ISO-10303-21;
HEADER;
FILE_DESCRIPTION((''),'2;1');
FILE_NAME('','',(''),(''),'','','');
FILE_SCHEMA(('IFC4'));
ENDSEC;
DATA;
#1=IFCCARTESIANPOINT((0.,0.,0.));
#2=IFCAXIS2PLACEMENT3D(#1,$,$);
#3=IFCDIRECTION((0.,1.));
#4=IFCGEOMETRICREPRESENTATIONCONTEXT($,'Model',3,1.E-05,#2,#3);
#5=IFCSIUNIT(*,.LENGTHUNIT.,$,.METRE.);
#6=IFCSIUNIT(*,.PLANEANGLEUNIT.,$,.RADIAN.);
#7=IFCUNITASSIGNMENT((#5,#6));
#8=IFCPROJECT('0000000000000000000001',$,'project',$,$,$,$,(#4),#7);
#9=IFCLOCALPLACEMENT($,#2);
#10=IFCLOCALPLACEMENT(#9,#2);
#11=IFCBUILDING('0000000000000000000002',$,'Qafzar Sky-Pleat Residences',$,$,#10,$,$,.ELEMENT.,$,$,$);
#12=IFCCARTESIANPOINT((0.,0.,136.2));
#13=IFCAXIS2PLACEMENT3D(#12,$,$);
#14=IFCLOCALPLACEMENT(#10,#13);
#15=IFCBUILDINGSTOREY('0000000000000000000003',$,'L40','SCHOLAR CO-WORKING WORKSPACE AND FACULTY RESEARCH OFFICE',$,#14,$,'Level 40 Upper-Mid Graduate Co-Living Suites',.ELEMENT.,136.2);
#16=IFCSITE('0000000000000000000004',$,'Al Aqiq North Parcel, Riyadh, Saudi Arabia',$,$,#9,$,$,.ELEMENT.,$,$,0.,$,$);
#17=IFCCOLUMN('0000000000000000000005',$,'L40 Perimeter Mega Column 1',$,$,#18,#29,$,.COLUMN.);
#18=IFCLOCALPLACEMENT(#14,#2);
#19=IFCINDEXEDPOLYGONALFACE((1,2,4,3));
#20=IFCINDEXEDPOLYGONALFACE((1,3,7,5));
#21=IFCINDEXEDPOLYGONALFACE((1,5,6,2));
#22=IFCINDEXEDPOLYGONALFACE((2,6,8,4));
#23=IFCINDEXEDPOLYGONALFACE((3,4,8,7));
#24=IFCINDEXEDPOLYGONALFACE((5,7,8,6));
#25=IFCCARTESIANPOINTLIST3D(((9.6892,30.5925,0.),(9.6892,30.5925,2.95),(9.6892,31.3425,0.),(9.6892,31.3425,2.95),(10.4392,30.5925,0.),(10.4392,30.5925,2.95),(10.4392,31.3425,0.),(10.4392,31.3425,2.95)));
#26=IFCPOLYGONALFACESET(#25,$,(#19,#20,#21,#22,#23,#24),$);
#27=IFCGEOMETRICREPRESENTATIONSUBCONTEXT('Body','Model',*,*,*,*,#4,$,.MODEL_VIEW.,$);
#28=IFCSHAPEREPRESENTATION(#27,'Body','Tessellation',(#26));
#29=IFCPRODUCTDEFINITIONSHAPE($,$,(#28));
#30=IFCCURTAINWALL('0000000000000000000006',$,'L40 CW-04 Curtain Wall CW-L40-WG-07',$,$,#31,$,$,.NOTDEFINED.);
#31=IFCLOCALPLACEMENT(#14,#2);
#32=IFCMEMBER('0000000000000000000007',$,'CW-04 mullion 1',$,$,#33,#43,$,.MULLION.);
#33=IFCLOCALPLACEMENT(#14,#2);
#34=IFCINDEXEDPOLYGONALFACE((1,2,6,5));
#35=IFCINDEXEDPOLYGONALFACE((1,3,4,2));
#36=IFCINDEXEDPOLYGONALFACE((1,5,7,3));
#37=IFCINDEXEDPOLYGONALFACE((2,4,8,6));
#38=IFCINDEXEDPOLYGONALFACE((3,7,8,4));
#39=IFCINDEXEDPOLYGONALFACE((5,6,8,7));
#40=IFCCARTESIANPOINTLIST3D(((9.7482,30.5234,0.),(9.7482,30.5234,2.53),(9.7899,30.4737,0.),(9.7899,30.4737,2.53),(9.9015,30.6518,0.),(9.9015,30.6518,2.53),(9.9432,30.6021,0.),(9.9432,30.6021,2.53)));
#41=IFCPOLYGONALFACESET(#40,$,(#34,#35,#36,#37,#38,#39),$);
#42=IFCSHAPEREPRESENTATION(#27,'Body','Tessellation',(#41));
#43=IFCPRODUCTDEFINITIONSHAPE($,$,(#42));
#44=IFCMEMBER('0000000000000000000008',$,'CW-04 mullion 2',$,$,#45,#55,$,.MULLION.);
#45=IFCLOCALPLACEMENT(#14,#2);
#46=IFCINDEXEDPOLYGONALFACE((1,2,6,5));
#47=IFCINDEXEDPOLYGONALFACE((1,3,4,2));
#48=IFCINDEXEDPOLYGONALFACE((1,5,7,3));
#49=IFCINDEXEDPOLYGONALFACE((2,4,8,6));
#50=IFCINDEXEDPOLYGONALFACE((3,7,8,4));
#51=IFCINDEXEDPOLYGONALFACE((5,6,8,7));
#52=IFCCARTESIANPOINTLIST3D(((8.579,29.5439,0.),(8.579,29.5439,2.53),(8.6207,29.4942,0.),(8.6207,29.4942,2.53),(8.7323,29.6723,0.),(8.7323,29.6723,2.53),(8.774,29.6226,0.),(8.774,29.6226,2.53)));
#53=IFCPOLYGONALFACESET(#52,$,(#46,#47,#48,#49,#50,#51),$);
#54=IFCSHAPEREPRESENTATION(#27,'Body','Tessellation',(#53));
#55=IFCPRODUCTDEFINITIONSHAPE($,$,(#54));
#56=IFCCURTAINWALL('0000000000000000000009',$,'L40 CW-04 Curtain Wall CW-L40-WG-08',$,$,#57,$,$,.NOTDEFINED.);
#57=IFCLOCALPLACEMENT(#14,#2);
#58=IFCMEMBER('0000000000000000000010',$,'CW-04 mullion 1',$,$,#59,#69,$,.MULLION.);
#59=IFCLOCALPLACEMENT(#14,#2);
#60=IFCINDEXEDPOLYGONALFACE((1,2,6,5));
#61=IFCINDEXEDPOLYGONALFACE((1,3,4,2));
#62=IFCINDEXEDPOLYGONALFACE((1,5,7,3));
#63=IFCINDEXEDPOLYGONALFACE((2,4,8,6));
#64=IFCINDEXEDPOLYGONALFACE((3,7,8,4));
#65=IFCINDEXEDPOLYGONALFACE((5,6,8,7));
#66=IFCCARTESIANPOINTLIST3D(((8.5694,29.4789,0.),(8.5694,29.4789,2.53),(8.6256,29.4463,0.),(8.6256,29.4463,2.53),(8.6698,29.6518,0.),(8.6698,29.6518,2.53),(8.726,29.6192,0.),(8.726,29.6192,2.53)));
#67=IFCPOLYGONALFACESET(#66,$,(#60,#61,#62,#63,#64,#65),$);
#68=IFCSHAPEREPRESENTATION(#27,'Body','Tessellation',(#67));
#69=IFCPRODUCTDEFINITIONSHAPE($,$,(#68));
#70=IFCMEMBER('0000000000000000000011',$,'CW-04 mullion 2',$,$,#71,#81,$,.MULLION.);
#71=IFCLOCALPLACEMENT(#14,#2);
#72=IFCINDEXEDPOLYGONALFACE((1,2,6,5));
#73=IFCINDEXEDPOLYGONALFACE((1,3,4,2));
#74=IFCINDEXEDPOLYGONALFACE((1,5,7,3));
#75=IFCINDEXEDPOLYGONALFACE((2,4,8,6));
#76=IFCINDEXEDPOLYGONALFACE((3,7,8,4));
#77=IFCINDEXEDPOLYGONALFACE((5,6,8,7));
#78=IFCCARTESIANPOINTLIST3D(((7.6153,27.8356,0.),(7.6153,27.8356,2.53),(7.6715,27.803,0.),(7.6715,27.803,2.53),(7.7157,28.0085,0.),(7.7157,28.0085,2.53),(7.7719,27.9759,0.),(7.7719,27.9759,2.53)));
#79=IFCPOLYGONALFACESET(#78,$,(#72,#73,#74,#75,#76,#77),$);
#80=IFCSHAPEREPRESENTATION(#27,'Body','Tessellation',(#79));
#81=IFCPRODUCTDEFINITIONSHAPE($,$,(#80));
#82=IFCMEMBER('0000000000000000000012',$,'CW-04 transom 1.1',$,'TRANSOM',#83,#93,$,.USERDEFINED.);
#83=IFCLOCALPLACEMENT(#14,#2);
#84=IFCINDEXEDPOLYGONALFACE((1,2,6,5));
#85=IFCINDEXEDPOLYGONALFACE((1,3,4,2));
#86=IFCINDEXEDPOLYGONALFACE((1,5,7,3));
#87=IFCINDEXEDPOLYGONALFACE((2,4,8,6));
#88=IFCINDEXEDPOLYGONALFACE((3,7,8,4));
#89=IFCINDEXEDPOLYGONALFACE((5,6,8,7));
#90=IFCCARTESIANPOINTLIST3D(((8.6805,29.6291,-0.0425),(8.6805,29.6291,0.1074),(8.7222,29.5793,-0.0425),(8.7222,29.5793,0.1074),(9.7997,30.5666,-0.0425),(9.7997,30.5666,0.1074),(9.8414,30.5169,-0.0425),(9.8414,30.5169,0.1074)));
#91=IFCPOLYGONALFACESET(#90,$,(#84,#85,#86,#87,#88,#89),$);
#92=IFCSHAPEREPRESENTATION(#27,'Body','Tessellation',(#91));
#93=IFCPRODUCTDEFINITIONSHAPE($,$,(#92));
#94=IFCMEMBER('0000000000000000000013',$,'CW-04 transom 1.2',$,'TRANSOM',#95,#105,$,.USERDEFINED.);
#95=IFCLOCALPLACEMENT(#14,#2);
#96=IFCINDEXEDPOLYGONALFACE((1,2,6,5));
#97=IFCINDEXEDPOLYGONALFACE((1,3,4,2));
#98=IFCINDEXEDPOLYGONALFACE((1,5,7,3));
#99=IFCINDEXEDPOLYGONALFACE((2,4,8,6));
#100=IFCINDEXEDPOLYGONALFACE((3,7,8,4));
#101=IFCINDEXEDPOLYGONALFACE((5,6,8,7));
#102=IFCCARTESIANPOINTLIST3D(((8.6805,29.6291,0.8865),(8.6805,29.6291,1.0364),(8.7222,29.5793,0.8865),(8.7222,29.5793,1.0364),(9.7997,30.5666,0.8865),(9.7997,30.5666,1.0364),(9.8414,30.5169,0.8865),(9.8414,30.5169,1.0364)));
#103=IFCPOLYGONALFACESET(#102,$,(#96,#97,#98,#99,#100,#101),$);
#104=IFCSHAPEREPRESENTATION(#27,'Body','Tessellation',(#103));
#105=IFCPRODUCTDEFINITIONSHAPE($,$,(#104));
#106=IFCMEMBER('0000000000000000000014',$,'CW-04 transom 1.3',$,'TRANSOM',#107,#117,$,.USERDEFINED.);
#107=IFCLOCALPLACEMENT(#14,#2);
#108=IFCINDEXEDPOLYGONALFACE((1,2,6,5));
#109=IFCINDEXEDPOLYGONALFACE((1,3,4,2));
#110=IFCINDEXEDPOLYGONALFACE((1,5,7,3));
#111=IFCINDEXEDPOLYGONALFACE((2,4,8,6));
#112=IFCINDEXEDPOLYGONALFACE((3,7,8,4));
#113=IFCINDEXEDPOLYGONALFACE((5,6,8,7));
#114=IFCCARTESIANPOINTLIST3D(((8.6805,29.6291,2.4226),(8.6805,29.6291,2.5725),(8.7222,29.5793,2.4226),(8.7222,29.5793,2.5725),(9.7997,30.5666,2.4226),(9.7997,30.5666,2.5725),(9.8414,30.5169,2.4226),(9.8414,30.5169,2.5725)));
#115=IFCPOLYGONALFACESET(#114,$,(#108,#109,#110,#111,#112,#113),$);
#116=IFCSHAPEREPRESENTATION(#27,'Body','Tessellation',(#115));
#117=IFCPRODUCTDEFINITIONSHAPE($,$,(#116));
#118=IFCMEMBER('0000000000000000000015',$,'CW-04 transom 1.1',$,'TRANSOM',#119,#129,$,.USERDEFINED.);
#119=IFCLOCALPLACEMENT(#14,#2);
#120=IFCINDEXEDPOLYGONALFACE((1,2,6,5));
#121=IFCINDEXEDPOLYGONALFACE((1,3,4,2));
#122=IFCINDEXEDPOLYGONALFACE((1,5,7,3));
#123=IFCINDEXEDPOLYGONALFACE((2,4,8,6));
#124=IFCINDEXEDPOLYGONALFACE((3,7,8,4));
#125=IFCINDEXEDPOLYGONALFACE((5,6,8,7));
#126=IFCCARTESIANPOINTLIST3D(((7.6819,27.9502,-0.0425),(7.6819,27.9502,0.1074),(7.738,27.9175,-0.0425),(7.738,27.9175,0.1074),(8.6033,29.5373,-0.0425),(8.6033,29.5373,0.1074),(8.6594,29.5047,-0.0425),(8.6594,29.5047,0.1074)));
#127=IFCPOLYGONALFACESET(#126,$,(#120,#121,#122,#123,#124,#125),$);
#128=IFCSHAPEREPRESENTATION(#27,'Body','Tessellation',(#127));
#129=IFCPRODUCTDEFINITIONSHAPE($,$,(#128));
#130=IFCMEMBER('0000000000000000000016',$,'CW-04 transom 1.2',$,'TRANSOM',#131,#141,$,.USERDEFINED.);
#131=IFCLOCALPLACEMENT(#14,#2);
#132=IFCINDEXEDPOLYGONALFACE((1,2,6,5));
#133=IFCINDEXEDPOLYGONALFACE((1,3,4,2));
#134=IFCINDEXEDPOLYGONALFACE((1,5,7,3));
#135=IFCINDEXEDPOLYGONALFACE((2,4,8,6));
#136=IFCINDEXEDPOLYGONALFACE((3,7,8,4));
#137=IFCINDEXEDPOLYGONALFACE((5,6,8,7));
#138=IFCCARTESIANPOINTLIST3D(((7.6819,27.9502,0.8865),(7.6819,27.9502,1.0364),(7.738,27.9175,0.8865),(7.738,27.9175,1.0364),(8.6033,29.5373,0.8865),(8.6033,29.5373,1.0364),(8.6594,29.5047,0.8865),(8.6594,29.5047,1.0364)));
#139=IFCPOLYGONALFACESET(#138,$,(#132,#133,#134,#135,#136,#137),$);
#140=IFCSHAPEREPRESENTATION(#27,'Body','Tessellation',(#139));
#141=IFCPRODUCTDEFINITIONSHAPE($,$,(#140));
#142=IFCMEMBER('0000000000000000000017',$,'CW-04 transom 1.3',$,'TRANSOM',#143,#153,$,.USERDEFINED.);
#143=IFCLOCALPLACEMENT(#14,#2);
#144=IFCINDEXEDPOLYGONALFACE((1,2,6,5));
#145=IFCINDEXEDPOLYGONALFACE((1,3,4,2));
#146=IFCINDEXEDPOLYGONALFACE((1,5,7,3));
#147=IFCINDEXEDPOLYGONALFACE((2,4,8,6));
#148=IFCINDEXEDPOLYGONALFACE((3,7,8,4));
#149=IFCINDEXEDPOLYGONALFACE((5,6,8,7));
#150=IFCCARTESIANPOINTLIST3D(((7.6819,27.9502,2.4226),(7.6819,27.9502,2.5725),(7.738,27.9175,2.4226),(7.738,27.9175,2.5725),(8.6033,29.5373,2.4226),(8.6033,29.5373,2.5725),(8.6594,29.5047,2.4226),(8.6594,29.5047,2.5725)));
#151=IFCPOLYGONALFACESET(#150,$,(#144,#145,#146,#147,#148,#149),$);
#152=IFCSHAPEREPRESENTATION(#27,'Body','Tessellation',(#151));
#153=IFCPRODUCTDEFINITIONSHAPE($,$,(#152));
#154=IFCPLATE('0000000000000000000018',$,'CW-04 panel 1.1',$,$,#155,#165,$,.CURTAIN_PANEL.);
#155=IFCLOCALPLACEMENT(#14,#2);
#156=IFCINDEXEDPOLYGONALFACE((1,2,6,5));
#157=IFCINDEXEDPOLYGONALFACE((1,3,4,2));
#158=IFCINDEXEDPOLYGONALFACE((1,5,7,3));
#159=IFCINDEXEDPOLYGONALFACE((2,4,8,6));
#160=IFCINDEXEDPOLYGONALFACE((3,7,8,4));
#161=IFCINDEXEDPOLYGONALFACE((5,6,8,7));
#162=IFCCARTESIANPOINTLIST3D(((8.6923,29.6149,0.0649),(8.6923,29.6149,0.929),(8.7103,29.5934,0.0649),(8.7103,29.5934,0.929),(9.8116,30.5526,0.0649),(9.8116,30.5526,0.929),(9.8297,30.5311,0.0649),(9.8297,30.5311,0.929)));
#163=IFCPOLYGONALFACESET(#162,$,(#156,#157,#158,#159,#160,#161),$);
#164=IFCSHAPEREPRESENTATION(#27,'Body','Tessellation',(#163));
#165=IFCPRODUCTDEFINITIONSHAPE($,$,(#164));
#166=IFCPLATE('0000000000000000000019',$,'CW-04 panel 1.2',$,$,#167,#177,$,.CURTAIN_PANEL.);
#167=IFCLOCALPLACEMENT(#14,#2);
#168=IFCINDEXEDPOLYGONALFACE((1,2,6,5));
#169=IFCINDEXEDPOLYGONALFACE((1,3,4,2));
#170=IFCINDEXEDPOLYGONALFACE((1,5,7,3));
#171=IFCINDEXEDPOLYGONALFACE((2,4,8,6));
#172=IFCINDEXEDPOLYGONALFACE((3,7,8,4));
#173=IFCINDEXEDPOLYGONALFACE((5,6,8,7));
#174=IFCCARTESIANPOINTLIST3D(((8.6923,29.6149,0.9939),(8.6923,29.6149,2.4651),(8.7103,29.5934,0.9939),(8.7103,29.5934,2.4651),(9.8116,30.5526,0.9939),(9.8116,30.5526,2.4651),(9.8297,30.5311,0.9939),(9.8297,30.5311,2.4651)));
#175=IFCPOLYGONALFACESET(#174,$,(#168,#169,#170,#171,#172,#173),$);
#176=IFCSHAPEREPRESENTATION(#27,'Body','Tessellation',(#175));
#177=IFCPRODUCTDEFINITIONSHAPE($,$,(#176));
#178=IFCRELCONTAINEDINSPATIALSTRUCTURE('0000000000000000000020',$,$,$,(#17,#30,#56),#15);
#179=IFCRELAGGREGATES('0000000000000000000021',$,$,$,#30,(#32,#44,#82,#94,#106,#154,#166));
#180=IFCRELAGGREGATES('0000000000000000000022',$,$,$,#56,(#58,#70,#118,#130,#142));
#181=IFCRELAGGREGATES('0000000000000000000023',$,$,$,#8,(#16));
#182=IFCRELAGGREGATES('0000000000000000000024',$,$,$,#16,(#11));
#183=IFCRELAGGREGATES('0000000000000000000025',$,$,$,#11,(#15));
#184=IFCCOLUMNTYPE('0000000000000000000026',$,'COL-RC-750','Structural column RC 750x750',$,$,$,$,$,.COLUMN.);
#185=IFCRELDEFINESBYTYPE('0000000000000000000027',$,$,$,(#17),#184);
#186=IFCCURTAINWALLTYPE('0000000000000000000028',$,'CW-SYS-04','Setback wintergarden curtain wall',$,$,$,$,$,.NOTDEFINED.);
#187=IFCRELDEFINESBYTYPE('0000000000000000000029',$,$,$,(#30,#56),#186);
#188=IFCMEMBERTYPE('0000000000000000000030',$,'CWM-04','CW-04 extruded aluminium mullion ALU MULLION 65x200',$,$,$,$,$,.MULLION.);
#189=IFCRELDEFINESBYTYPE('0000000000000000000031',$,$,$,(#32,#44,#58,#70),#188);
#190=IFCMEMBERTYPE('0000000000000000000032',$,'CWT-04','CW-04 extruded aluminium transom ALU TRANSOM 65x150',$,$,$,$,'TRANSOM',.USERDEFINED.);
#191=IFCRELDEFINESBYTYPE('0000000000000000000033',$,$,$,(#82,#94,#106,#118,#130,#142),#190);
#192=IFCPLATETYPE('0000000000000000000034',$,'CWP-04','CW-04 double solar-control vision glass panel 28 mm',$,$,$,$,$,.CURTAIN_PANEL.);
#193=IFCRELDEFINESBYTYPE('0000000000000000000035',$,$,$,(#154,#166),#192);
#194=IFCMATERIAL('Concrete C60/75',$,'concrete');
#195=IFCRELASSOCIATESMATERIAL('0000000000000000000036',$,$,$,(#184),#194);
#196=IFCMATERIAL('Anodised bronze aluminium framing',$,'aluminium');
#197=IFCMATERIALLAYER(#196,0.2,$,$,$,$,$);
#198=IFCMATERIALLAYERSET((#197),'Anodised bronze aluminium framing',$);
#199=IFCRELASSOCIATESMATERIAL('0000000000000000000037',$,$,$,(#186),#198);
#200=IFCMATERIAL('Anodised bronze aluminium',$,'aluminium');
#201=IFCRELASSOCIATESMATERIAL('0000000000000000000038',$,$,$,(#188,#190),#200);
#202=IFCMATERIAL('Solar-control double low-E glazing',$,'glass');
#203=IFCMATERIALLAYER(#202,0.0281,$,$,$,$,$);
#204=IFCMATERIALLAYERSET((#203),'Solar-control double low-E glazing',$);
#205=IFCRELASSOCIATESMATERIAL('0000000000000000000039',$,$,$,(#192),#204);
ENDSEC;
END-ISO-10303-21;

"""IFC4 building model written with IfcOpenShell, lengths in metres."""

from ifc_helpers import new_model, si_unit, direction, frame, origin, origin_2d, place, context, subcontext, project, spatial, rectangle, extrude, source, transform, mapped, material, layer, layer_set, material_profile, profile_set, type_object, element, aggregate, save


model = new_model("IFC4")

# Units and contexts
model_context = context("Model", 3, precision=1e-05, world=origin(), true_north=direction((0.0, 1.0)))
body_context = subcontext(model_context, "Body", "Model", "MODEL_VIEW")
ifc_project = project(units=[si_unit("LENGTHUNIT", "METRE"), si_unit("PLANEANGLEUNIT", "RADIAN")], contexts=[model_context])

# Site, building, storey
site_placement = place(None, origin())
site = spatial("IfcSite", under=ifc_project, at=site_placement, Name="Al Aqiq North Parcel, Riyadh, Saudi Arabia", CompositionType="ELEMENT", RefElevation=0.0)
building_placement = place(site_placement, origin())
building = spatial("IfcBuilding", under=site, at=building_placement, Name="Qafzar Sky-Pleat Residences", CompositionType="ELEMENT")
storey_placement = place(building_placement, frame((0.0, 0.0, 136.2)))
storey = spatial("IfcBuildingStorey", under=building, at=storey_placement, Name="L40", Description="SCHOLAR CO-WORKING WORKSPACE AND FACULTY RESEARCH OFFICE", LongName="Level 40 Upper-Mid Graduate Co-Living Suites", CompositionType="ELEMENT", Elevation=136.2)

# Column
ifc_material_1 = material(Name="Concrete C60/75", Category="concrete")
ifc_material_profile_1 = material_profile(ifc_material_1, rectangle(XDim=0.75, YDim=0.75, at=origin_2d()), Name="RC 750x750")
ifc_profile_set_1 = profile_set([ifc_material_profile_1], Name="Concrete C60/75")
column_type = type_object("IfcColumnType", Name="COL-RC-750", Description="Structural column RC 750x750", PredefinedType="COLUMN", material=ifc_profile_set_1)
shared_shape_1 = source(origin(), body_context, "Body", "SweptSolid", [
    extrude(rectangle(XDim=0.75, YDim=0.75, at=origin_2d()), origin(), (0.0, 0.0, 1.0), 2.95),
])
column_placement = place(storey_placement, frame((10.0642, 30.9675, 0.0), z_axis=(0.0, 0.0, 1.0), x_axis=(1.0, 0.0, 0.0)))
element("IfcColumn", 1, at=column_placement, inside=storey, type_object=column_type, Name="L40 Perimeter Mega Column 1", PredefinedType="COLUMN", context=body_context, shape_type="MappedRepresentation", body=[
    mapped(shared_shape_1, transform((0.0, 0.0, 0.0), x_axis=(1.0, 0.0, 0.0), y_axis=(0.0, 1.0, 0.0), z_axis=(0.0, 0.0, 1.0), scale=1.0)),
])

# Curtain walls, members
ifc_material_2 = material(Name="Anodised bronze aluminium framing", Category="aluminium")
ifc_layer_1 = layer(ifc_material_2, 0.2)
ifc_layer_set_1 = layer_set([ifc_layer_1], Name="Anodised bronze aluminium framing")
curtain_wall_type = type_object("IfcCurtainWallType", Name="CW-SYS-04", Description="Setback wintergarden curtain wall", PredefinedType="NOTDEFINED", material=ifc_layer_set_1)
curtain_wall_1_placement = place(storey_placement, origin())
curtain_wall_1 = element("IfcCurtainWall", 2, at=curtain_wall_1_placement, inside=storey, type_object=curtain_wall_type, Name="L40 CW-04 Curtain Wall CW-L40-WG-07", PredefinedType="NOTDEFINED")
ifc_material_3 = material(Name="Anodised bronze aluminium", Category="aluminium")
ifc_material_profile_2 = material_profile(ifc_material_3, rectangle(XDim=0.0649, YDim=0.2, at=origin_2d()), Name="ALU MULLION 65x200")
ifc_profile_set_2 = profile_set([ifc_material_profile_2], Name="Anodised bronze aluminium")
member_type_1 = type_object("IfcMemberType", Name="CWM-04", Description="CW-04 extruded aluminium mullion ALU MULLION 65x200", PredefinedType="MULLION", material=ifc_profile_set_2)
shared_shape_2 = source(origin(), body_context, "Body", "SweptSolid", [
    extrude(rectangle(XDim=0.0649, YDim=0.2, at=origin_2d()), origin(), (0.0, 0.0, 1.0), 2.53),
])
member_1_placement = place(storey_placement, frame((9.8457, 30.5627, 0.0), z_axis=(0.0, 0.0, 1.0), x_axis=(0.642174, -0.766559, 0.0)))
member_1 = element("IfcMember", 3, at=member_1_placement, type_object=member_type_1, Name="CW-04 mullion 1", PredefinedType="MULLION", context=body_context, shape_type="MappedRepresentation", body=[
    mapped(shared_shape_2, transform((0.0, 0.0, 0.0), x_axis=(1.0, 0.0, 0.0), y_axis=(0.0, 1.0, 0.0), z_axis=(0.0, 0.0, 1.0), scale=1.0)),
])
member_2_placement = place(storey_placement, frame((8.6765, 29.5833, 0.0), z_axis=(0.0, 0.0, 1.0), x_axis=(0.642174, -0.766559, 0.0)))
member_2 = element("IfcMember", 4, at=member_2_placement, type_object=member_type_1, Name="CW-04 mullion 2", PredefinedType="MULLION", context=body_context, shape_type="MappedRepresentation", body=[
    mapped(shared_shape_2, transform((0.0, 0.0, 0.0), x_axis=(1.0, 0.0, 0.0), y_axis=(0.0, 1.0, 0.0), z_axis=(0.0, 0.0, 1.0), scale=1.0)),
])
curtain_wall_2_placement = place(storey_placement, origin())
curtain_wall_2 = element("IfcCurtainWall", 5, at=curtain_wall_2_placement, inside=storey, type_object=curtain_wall_type, Name="L40 CW-04 Curtain Wall CW-L40-WG-08", PredefinedType="NOTDEFINED")
member_3_placement = place(storey_placement, frame((8.6477, 29.5491, 0.0), z_axis=(0.0, 0.0, 1.0), x_axis=(0.864847, -0.502035, 0.0)))
member_3 = element("IfcMember", 6, at=member_3_placement, type_object=member_type_1, Name="CW-04 mullion 1", PredefinedType="MULLION", context=body_context, shape_type="MappedRepresentation", body=[
    mapped(shared_shape_2, transform((0.0, 0.0, 0.0), x_axis=(1.0, 0.0, 0.0), y_axis=(0.0, 1.0, 0.0), z_axis=(0.0, 0.0, 1.0), scale=1.0)),
])
member_4_placement = place(storey_placement, frame((7.6936, 27.9058, 0.0), z_axis=(0.0, 0.0, 1.0), x_axis=(0.864847, -0.502035, 0.0)))
member_4 = element("IfcMember", 7, at=member_4_placement, type_object=member_type_1, Name="CW-04 mullion 2", PredefinedType="MULLION", context=body_context, shape_type="MappedRepresentation", body=[
    mapped(shared_shape_2, transform((0.0, 0.0, 0.0), x_axis=(1.0, 0.0, 0.0), y_axis=(0.0, 1.0, 0.0), z_axis=(0.0, 0.0, 1.0), scale=1.0)),
])

# Members
ifc_material_profile_3 = material_profile(ifc_material_3, rectangle(XDim=0.0649, YDim=0.1499, at=origin_2d()), Name="ALU TRANSOM 65x150")
ifc_profile_set_3 = profile_set([ifc_material_profile_3], Name="Anodised bronze aluminium")
member_type_2 = type_object("IfcMemberType", Name="CWT-04", Description="CW-04 extruded aluminium transom ALU TRANSOM 65x150", ElementType="TRANSOM", PredefinedType="USERDEFINED", material=ifc_profile_set_3)
shared_shape_3 = source(origin(), body_context, "Body", "SweptSolid", [
    extrude(rectangle(XDim=0.0649, YDim=0.1499, at=origin_2d()), origin(), (0.0, 0.0, 1.0), 1.46),
])
member_5_placement = place(storey_placement, frame((9.8206, 30.5417, 0.0325), z_axis=(-0.766574, -0.642156, 0.0), x_axis=(0.642156, -0.766574, 0.0)))
member_5 = element("IfcMember", 8, at=member_5_placement, type_object=member_type_2, Name="CW-04 transom 1.1", ObjectType="TRANSOM", PredefinedType="USERDEFINED", context=body_context, shape_type="MappedRepresentation", body=[
    mapped(shared_shape_3, transform((0.0, 0.0, 0.0), x_axis=(1.0, 0.0, 0.0), y_axis=(0.0, 1.0, 0.0), z_axis=(0.0, 0.0, 1.0), scale=1.0)),
])
member_6_placement = place(storey_placement, frame((9.8206, 30.5417, 0.9614), z_axis=(-0.766574, -0.642156, 0.0), x_axis=(0.642156, -0.766574, 0.0)))
member_6 = element("IfcMember", 9, at=member_6_placement, type_object=member_type_2, Name="CW-04 transom 1.2", ObjectType="TRANSOM", PredefinedType="USERDEFINED", context=body_context, shape_type="MappedRepresentation", body=[
    mapped(shared_shape_3, transform((0.0, 0.0, 0.0), x_axis=(1.0, 0.0, 0.0), y_axis=(0.0, 1.0, 0.0), z_axis=(0.0, 0.0, 1.0), scale=1.0)),
])
member_7_placement = place(storey_placement, frame((9.8206, 30.5417, 2.4976), z_axis=(-0.766574, -0.642156, 0.0), x_axis=(0.642156, -0.766574, 0.0)))
member_7 = element("IfcMember", 10, at=member_7_placement, type_object=member_type_2, Name="CW-04 transom 1.3", ObjectType="TRANSOM", PredefinedType="USERDEFINED", context=body_context, shape_type="MappedRepresentation", body=[
    mapped(shared_shape_3, transform((0.0, 0.0, 0.0), x_axis=(1.0, 0.0, 0.0), y_axis=(0.0, 1.0, 0.0), z_axis=(0.0, 0.0, 1.0), scale=1.0)),
])
shared_shape_4 = source(origin(), body_context, "Body", "SweptSolid", [
    extrude(rectangle(XDim=0.0649, YDim=0.1499, at=origin_2d()), origin(), (0.0, 0.0, 1.0), 1.8352),
])
member_8_placement = place(storey_placement, frame((8.6313, 29.521, 0.0325), z_axis=(-0.502058, -0.864834, 0.0), x_axis=(0.864834, -0.502058, 0.0)))
member_8 = element("IfcMember", 11, at=member_8_placement, type_object=member_type_2, Name="CW-04 transom 1.1", ObjectType="TRANSOM", PredefinedType="USERDEFINED", context=body_context, shape_type="MappedRepresentation", body=[
    mapped(shared_shape_4, transform((0.0, 0.0, 0.0), x_axis=(1.0, 0.0, 0.0), y_axis=(0.0, 1.0, 0.0), z_axis=(0.0, 0.0, 1.0), scale=1.0)),
])
member_9_placement = place(storey_placement, frame((8.6313, 29.521, 0.9614), z_axis=(-0.502058, -0.864834, 0.0), x_axis=(0.864834, -0.502058, 0.0)))
member_9 = element("IfcMember", 12, at=member_9_placement, type_object=member_type_2, Name="CW-04 transom 1.2", ObjectType="TRANSOM", PredefinedType="USERDEFINED", context=body_context, shape_type="MappedRepresentation", body=[
    mapped(shared_shape_4, transform((0.0, 0.0, 0.0), x_axis=(1.0, 0.0, 0.0), y_axis=(0.0, 1.0, 0.0), z_axis=(0.0, 0.0, 1.0), scale=1.0)),
])
member_10_placement = place(storey_placement, frame((8.6313, 29.521, 2.4976), z_axis=(-0.502058, -0.864834, 0.0), x_axis=(0.864834, -0.502058, 0.0)))
member_10 = element("IfcMember", 13, at=member_10_placement, type_object=member_type_2, Name="CW-04 transom 1.3", ObjectType="TRANSOM", PredefinedType="USERDEFINED", context=body_context, shape_type="MappedRepresentation", body=[
    mapped(shared_shape_4, transform((0.0, 0.0, 0.0), x_axis=(1.0, 0.0, 0.0), y_axis=(0.0, 1.0, 0.0), z_axis=(0.0, 0.0, 1.0), scale=1.0)),
])

# Plates
ifc_material_4 = material(Name="Solar-control double low-E glazing", Category="glass")
ifc_layer_2 = layer(ifc_material_4, 0.0281)
ifc_layer_set_2 = layer_set([ifc_layer_2], Name="Solar-control double low-E glazing")
plate_type = type_object("IfcPlateType", Name="CWP-04", Description="CW-04 double solar-control vision glass panel 28 mm", PredefinedType="CURTAIN_PANEL", material=ifc_layer_set_2)
shared_shape_5 = source(origin(), body_context, "Body", "SweptSolid", [
    extrude(rectangle(XDim=1.4602, YDim=0.0281, at=origin_2d()), origin(), (0.0, 0.0, 1.0), 0.864),
])
plate_1_placement = place(storey_placement, frame((9.261, 30.073, 0.0649), z_axis=(0.0, 0.0, 1.0), x_axis=(-0.766559, -0.642174, 0.0)))
plate_1 = element("IfcPlate", 14, at=plate_1_placement, type_object=plate_type, Name="CW-04 panel 1.1", PredefinedType="CURTAIN_PANEL", context=body_context, shape_type="MappedRepresentation", body=[
    mapped(shared_shape_5, transform((0.0, 0.0, 0.0), x_axis=(1.0, 0.0, 0.0), y_axis=(0.0, 1.0, 0.0), z_axis=(0.0, 0.0, 1.0), scale=1.0)),
])
shared_shape_6 = source(origin(), body_context, "Body", "SweptSolid", [
    extrude(rectangle(XDim=1.4602, YDim=0.0281, at=origin_2d()), origin(), (0.0, 0.0, 1.0), 1.4712),
])
plate_2_placement = place(storey_placement, frame((9.261, 30.073, 0.9939), z_axis=(0.0, 0.0, 1.0), x_axis=(-0.766559, -0.642174, 0.0)))
plate_2 = element("IfcPlate", 15, at=plate_2_placement, type_object=plate_type, Name="CW-04 panel 1.2", PredefinedType="CURTAIN_PANEL", context=body_context, shape_type="MappedRepresentation", body=[
    mapped(shared_shape_6, transform((0.0, 0.0, 0.0), x_axis=(1.0, 0.0, 0.0), y_axis=(0.0, 1.0, 0.0), z_axis=(0.0, 0.0, 1.0), scale=1.0)),
])
aggregate(curtain_wall_1, [member_1, member_2, member_5, member_6, member_7, plate_1, plate_2])
aggregate(curtain_wall_2, [member_3, member_4, member_8, member_9, member_10])

save(model, "model.ifc")
